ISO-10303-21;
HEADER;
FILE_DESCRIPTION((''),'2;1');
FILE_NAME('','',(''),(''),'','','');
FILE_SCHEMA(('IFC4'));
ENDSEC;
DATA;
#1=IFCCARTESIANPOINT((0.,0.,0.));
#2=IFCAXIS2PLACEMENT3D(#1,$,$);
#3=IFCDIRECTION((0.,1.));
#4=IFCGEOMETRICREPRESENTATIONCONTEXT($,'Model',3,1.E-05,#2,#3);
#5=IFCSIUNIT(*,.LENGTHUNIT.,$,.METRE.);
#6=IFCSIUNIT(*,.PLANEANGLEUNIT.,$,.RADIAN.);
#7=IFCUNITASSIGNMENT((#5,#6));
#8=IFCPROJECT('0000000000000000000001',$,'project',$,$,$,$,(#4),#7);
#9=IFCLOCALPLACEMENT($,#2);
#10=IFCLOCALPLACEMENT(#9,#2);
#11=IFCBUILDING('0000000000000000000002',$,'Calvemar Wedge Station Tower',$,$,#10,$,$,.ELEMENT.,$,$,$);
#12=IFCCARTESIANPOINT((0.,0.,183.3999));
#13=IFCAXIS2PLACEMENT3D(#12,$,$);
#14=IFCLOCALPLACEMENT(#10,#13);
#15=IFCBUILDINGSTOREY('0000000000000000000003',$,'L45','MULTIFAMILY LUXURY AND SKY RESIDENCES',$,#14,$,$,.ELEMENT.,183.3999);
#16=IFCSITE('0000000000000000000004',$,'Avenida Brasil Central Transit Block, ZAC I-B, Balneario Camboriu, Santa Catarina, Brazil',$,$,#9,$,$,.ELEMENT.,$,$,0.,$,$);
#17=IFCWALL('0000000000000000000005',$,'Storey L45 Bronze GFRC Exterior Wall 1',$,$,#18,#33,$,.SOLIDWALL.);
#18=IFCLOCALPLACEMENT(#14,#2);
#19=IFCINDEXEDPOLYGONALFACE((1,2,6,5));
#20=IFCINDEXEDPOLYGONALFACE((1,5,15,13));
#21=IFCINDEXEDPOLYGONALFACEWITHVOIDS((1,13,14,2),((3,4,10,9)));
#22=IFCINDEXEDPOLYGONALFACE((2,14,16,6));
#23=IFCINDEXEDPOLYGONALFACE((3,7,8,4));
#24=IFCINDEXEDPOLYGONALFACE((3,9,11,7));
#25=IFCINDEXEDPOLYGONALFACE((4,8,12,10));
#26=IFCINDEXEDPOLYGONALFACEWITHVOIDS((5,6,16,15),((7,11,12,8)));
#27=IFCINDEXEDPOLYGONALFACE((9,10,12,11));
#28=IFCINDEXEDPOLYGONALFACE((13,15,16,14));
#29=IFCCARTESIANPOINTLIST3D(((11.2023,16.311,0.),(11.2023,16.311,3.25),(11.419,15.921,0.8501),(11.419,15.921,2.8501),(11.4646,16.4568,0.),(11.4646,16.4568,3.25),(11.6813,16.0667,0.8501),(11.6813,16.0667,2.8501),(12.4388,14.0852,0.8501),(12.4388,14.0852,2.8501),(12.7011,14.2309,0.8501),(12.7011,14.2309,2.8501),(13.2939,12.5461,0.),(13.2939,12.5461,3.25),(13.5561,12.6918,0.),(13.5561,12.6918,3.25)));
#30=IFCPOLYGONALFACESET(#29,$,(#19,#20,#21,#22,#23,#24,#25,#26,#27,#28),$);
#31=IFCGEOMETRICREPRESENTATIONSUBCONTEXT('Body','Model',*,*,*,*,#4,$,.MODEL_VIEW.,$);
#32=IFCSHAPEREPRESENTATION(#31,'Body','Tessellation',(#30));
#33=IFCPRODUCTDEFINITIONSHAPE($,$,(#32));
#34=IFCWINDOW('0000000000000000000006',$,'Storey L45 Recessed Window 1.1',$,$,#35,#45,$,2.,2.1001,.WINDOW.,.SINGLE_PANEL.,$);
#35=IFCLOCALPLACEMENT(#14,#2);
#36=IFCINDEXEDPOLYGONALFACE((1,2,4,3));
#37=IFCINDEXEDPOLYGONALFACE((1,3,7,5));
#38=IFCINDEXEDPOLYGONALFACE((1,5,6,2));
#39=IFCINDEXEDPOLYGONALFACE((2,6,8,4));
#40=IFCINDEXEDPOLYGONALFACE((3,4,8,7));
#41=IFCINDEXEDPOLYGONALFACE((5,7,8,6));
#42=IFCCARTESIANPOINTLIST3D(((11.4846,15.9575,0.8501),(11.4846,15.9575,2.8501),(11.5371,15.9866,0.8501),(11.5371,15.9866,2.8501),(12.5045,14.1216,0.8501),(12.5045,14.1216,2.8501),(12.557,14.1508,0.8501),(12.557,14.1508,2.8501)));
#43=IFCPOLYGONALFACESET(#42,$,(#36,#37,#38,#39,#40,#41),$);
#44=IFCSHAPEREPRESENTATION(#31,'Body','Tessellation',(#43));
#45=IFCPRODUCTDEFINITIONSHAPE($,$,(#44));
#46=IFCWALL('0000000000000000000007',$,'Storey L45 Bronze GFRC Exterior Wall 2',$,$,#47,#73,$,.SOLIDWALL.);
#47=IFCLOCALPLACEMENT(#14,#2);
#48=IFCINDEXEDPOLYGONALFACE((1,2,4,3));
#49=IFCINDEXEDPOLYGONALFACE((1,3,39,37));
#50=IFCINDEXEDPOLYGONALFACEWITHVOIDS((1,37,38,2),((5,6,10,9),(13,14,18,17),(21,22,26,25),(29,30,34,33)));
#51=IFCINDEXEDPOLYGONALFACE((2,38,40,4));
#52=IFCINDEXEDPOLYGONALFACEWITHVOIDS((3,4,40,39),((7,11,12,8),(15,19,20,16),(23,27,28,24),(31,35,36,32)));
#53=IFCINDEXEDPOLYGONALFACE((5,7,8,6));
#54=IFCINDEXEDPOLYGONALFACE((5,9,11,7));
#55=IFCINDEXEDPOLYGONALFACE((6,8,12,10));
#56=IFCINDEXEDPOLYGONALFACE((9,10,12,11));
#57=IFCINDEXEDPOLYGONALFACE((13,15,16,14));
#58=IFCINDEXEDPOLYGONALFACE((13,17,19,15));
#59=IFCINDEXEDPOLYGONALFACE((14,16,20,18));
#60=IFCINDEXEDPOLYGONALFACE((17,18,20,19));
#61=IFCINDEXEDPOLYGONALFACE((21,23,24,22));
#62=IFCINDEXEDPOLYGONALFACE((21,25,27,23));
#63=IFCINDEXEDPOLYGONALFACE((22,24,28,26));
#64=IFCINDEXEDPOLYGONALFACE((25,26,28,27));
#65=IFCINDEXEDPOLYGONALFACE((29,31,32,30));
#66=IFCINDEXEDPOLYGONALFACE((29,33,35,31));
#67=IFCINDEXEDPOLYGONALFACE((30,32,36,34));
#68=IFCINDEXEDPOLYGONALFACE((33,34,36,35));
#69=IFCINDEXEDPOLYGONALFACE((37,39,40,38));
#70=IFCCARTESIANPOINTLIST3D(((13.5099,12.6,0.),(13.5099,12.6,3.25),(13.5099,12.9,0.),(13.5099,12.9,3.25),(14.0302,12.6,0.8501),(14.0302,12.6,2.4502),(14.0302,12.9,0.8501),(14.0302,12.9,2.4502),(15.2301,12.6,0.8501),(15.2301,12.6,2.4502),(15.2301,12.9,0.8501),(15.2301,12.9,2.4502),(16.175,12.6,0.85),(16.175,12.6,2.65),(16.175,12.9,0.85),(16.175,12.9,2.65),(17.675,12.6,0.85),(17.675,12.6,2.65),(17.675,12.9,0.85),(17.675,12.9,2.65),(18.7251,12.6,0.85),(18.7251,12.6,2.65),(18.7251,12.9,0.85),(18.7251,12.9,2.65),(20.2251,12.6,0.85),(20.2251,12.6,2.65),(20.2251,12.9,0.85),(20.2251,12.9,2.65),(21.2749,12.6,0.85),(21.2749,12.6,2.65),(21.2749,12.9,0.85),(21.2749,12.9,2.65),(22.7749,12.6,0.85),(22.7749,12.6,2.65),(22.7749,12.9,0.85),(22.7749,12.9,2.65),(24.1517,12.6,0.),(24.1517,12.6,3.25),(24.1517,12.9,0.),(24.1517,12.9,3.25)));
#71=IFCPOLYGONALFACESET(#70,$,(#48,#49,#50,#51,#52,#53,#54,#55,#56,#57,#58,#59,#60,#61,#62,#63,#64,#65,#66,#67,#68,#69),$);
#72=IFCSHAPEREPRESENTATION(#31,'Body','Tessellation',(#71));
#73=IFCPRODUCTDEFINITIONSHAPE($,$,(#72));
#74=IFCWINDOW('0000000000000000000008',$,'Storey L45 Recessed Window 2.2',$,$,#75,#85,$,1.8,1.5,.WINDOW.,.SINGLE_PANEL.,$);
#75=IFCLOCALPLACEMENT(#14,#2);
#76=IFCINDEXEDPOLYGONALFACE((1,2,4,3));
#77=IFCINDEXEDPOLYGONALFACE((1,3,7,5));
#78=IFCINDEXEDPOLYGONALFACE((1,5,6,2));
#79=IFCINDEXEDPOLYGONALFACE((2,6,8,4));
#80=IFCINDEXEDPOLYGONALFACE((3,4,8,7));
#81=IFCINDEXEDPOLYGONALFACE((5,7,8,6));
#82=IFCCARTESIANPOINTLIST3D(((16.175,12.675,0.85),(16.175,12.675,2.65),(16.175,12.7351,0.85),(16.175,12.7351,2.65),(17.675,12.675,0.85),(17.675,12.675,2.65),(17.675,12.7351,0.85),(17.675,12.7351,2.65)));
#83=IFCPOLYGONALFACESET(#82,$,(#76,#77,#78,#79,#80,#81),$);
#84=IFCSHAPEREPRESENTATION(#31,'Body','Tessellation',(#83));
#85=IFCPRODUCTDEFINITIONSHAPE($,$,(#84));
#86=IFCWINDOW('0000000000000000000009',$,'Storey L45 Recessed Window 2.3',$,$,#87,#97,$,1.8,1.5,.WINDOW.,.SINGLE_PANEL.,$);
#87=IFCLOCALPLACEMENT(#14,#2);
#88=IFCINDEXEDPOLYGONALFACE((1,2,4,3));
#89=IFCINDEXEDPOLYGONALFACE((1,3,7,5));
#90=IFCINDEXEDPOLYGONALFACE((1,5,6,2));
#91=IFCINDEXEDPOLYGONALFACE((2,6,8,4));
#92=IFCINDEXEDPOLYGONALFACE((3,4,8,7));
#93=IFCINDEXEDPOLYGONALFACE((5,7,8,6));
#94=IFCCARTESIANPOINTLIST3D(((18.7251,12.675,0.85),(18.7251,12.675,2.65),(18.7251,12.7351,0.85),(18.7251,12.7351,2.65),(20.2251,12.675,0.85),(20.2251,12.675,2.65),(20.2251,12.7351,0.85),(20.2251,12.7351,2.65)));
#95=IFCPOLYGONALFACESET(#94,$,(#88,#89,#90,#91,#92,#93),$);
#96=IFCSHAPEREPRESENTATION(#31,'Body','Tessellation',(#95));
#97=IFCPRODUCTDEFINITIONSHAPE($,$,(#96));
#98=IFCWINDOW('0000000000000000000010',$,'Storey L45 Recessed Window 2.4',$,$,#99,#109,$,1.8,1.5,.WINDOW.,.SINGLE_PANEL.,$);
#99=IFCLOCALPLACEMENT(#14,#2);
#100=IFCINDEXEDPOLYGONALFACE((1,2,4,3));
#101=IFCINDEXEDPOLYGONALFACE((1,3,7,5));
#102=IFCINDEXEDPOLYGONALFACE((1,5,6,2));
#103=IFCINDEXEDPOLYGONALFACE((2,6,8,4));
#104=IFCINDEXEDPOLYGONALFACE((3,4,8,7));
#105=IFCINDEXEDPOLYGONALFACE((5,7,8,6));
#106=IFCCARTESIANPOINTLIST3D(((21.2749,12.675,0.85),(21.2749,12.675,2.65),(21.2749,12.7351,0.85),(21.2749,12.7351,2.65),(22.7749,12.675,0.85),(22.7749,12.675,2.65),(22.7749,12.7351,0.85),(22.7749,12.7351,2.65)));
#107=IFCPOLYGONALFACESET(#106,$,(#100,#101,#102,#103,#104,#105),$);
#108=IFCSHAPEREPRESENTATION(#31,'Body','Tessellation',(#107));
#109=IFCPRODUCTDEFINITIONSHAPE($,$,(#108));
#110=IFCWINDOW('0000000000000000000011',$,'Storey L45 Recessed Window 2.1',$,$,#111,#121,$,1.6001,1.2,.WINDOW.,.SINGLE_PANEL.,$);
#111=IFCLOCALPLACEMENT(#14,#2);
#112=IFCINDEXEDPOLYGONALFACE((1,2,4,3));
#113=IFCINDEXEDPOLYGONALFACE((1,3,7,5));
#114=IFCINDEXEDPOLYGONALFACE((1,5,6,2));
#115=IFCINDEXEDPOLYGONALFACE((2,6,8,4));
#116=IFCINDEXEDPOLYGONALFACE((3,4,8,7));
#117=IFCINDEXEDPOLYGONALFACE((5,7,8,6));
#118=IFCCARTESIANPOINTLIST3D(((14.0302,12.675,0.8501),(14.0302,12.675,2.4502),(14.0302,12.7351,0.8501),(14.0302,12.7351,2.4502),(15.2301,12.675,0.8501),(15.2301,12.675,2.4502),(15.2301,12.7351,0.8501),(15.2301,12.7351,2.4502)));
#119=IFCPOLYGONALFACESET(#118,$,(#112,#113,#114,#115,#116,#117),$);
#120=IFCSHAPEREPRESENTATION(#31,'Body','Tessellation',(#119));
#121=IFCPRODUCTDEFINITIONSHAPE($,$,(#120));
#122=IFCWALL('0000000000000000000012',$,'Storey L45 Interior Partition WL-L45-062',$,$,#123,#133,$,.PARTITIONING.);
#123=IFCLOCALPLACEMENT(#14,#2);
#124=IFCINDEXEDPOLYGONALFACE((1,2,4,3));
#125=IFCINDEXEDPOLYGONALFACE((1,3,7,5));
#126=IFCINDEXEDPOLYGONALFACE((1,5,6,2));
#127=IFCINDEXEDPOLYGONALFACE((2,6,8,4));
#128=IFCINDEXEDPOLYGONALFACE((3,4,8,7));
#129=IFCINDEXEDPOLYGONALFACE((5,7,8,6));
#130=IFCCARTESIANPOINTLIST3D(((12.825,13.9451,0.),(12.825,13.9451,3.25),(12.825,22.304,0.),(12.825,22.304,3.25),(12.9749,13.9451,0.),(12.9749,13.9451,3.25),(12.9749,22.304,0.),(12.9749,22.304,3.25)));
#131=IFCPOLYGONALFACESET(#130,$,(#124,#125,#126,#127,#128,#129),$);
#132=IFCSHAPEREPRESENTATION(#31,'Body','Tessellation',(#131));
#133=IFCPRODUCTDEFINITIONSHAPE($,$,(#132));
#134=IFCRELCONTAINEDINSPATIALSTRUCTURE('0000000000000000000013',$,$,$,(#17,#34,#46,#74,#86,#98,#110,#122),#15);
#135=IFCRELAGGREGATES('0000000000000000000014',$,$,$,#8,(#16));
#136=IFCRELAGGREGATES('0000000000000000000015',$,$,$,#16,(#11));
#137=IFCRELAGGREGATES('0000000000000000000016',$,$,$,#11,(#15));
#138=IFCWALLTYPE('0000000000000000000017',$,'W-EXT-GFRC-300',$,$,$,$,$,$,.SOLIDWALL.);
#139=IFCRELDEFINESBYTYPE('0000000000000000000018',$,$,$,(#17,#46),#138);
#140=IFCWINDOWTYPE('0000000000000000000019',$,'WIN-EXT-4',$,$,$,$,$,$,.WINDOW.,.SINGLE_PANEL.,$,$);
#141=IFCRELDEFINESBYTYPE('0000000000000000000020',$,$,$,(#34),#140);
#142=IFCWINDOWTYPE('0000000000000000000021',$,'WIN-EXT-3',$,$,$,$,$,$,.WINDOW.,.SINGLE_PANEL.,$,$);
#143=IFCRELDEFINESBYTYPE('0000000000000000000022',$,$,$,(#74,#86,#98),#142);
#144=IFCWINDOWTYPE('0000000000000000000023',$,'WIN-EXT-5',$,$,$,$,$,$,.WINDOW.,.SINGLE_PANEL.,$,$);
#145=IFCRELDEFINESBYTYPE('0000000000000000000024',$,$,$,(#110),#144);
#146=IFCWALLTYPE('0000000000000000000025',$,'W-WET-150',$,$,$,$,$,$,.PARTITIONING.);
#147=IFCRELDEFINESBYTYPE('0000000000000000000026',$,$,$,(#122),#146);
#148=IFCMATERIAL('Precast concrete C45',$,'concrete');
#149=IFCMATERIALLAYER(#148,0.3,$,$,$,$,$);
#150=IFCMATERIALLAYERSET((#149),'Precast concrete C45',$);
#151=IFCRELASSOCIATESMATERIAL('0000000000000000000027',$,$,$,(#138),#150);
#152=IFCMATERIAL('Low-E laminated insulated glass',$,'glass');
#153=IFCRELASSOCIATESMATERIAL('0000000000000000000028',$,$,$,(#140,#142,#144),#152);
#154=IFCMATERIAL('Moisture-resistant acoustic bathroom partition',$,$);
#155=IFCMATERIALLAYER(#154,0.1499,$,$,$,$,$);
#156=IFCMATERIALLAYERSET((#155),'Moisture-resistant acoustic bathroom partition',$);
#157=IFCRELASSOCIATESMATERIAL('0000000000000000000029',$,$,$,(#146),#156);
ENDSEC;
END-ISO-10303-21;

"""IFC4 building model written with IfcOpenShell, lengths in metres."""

from ifc_helpers import new_model, si_unit, direction, frame, frame_2d, origin, place, context, subcontext, project, spatial, rectangle, extrude, source, transform, mapped, material, layer, layer_set, type_object, element, fill, save


model = new_model("IFC4")

# Units and contexts
model_context = context("Model", 3, precision=1e-05, world=origin(), true_north=direction((0.0, 1.0)))
body_context = subcontext(model_context, "Body", "Model", "MODEL_VIEW")
ifc_project = project(units=[si_unit("LENGTHUNIT", "METRE"), si_unit("PLANEANGLEUNIT", "RADIAN")], contexts=[model_context])

# Site, building, storey
site_placement = place(None, origin())
site = spatial("IfcSite", under=ifc_project, at=site_placement, Name="Avenida Brasil Central Transit Block, ZAC I-B, Balneario Camboriu, Santa Catarina, Brazil", CompositionType="ELEMENT", RefElevation=0.0)
building_placement = place(site_placement, origin())
building = spatial("IfcBuilding", under=site, at=building_placement, Name="Calvemar Wedge Station Tower", CompositionType="ELEMENT")
storey_placement = place(building_placement, frame((0.0, 0.0, 183.3999)))
storey = spatial("IfcBuildingStorey", under=building, at=storey_placement, Name="L45", Description="MULTIFAMILY LUXURY AND SKY RESIDENCES", CompositionType="ELEMENT", Elevation=183.3999)

# Wall, opening, window
ifc_material_1 = material(Name="Precast concrete C45", Category="concrete")
ifc_layer_1 = layer(ifc_material_1, 0.3)
ifc_layer_set_1 = layer_set([ifc_layer_1], Name="Precast concrete C45")
wall_type_1 = type_object("IfcWallType", Name="W-EXT-GFRC-300", PredefinedType="SOLIDWALL", material=ifc_layer_set_1)
wall_1_placement = place(storey_placement, frame((11.3335, 16.3838, 0.0), z_axis=(0.0, 0.0, 1.0), x_axis=(0.485633, -0.874163, 0.0)))
wall_1 = element("IfcWall", 1, at=wall_1_placement, inside=storey, type_object=wall_type_1, Name="Storey L45 Bronze GFRC Exterior Wall 1", PredefinedType="SOLIDWALL", context=body_context, shape_type="SweptSolid", body=[
    extrude(rectangle(XDim=4.3069, YDim=0.3, at=frame_2d((2.1533, 0.0))), origin(), (0.0, 0.0, 1.0), 3.25),
])
shared_shape_1 = source(origin(), body_context, "Body", "SweptSolid", [
    extrude(rectangle(XDim=2.1001, YDim=2.0, at=frame_2d((1.05, 1.0))), frame((0.0, 0.1602, 0.0), z_axis=(0.0, -1.0, 0.0), x_axis=(1.0, 0.0, 0.0)), (0.0, 0.0, 1.0), 0.3201),
])
opening_1_placement = place(wall_1_placement, frame((0.446, 0.0, 0.8501)))
opening_1 = element("IfcOpeningElement", 2, at=opening_1_placement, cuts=wall_1, PredefinedType="OPENING", context=body_context, shape_type="MappedRepresentation", body=[
    mapped(shared_shape_1, transform((0.0, 0.0, 0.0), scale=1.0)),
])
ifc_material_2 = material(Name="Low-E laminated insulated glass", Category="glass")
window_type_1 = type_object("IfcWindowType", Name="WIN-EXT-4", PartitioningType="SINGLE_PANEL", PredefinedType="WINDOW", material=ifc_material_2)
shared_shape_2 = source(origin(), body_context, "Body", "SweptSolid", [
    extrude(rectangle(XDim=2.1001, YDim=2.0, at=frame_2d((1.05, 1.0))), frame((0.0, -0.0149, 0.0), z_axis=(0.0, -1.0, 0.0), x_axis=(1.0, 0.0, 0.0)), (0.0, 0.0, 1.0), 0.0601),
])
window_1_placement = place(opening_1_placement, origin())
window_1 = element("IfcWindow", 3, at=window_1_placement, inside=storey, type_object=window_type_1, Name="Storey L45 Recessed Window 1.1", OverallHeight=2.0, OverallWidth=2.1001, PartitioningType="SINGLE_PANEL", PredefinedType="WINDOW", context=body_context, shape_type="MappedRepresentation", body=[
    mapped(shared_shape_2, transform((0.0, 0.0, 0.0), scale=1.0)),
])
fill(opening_1, window_1)

# Wall, openings, windows
wall_2_placement = place(storey_placement, frame((13.51, 12.75, 0.0), z_axis=(0.0, 0.0, 1.0), x_axis=(1.0, 0.0, 0.0)))
wall_2 = element("IfcWall", 4, at=wall_2_placement, inside=storey, type_object=wall_type_1, Name="Storey L45 Bronze GFRC Exterior Wall 2", PredefinedType="SOLIDWALL", context=body_context, shape_type="SweptSolid", body=[
    extrude(rectangle(XDim=10.6418, YDim=0.3, at=frame_2d((5.3208, 0.0))), origin(), (0.0, 0.0, 1.0), 3.25),
])
shared_shape_3 = source(origin(), body_context, "Body", "SweptSolid", [
    extrude(rectangle(XDim=1.2, YDim=1.6001, at=frame_2d((0.6001, 0.8))), frame((0.0, 0.1602, 0.0), z_axis=(0.0, -1.0, 0.0), x_axis=(1.0, 0.0, 0.0)), (0.0, 0.0, 1.0), 0.3201),
])
opening_2_placement = place(wall_2_placement, frame((0.52, 0.0, 0.8501)))
opening_2 = element("IfcOpeningElement", 5, at=opening_2_placement, cuts=wall_2, PredefinedType="OPENING", context=body_context, shape_type="MappedRepresentation", body=[
    mapped(shared_shape_3, transform((0.0, 0.0, 0.0), scale=1.0)),
])
shared_shape_4 = source(origin(), body_context, "Body", "SweptSolid", [
    extrude(rectangle(XDim=1.5, YDim=1.8, at=frame_2d((0.75, 0.8999))), frame((0.0, 0.1602, 0.0), z_axis=(0.0, -1.0, 0.0), x_axis=(1.0, 0.0, 0.0)), (0.0, 0.0, 1.0), 0.3201),
])
opening_3_placement = place(wall_2_placement, frame((2.665, 0.0, 0.8501)))
opening_3 = element("IfcOpeningElement", 6, at=opening_3_placement, cuts=wall_2, PredefinedType="OPENING", context=body_context, shape_type="MappedRepresentation", body=[
    mapped(shared_shape_4, transform((0.0, 0.0, 0.0), scale=1.0)),
])
opening_4_placement = place(wall_2_placement, frame((5.2151, 0.0, 0.8501)))
opening_4 = element("IfcOpeningElement", 7, at=opening_4_placement, cuts=wall_2, PredefinedType="OPENING", context=body_context, shape_type="MappedRepresentation", body=[
    mapped(shared_shape_4, transform((0.0, 0.0, 0.0), scale=1.0)),
])
opening_5_placement = place(wall_2_placement, frame((7.7649, 0.0, 0.8501)))
opening_5 = element("IfcOpeningElement", 8, at=opening_5_placement, cuts=wall_2, PredefinedType="OPENING", context=body_context, shape_type="MappedRepresentation", body=[
    mapped(shared_shape_4, transform((0.0, 0.0, 0.0), scale=1.0)),
])
window_type_2 = type_object("IfcWindowType", Name="WIN-EXT-3", PartitioningType="SINGLE_PANEL", PredefinedType="WINDOW", material=ifc_material_2)
shared_shape_5 = source(origin(), body_context, "Body", "SweptSolid", [
    extrude(rectangle(XDim=1.5, YDim=1.8, at=frame_2d((0.75, 0.8999))), frame((0.0, -0.0149, 0.0), z_axis=(0.0, -1.0, 0.0), x_axis=(1.0, 0.0, 0.0)), (0.0, 0.0, 1.0), 0.0601),
])
window_2_placement = place(opening_3_placement, origin())
window_2 = element("IfcWindow", 9, at=window_2_placement, inside=storey, type_object=window_type_2, Name="Storey L45 Recessed Window 2.2", OverallHeight=1.8, OverallWidth=1.5, PartitioningType="SINGLE_PANEL", PredefinedType="WINDOW", context=body_context, shape_type="MappedRepresentation", body=[
    mapped(shared_shape_5, transform((0.0, 0.0, 0.0), scale=1.0)),
])
fill(opening_3, window_2)
window_3_placement = place(opening_4_placement, origin())
window_3 = element("IfcWindow", 10, at=window_3_placement, inside=storey, type_object=window_type_2, Name="Storey L45 Recessed Window 2.3", OverallHeight=1.8, OverallWidth=1.5, PartitioningType="SINGLE_PANEL", PredefinedType="WINDOW", context=body_context, shape_type="MappedRepresentation", body=[
    mapped(shared_shape_5, transform((0.0, 0.0, 0.0), scale=1.0)),
])
fill(opening_4, window_3)
window_4_placement = place(opening_5_placement, origin())
window_4 = element("IfcWindow", 11, at=window_4_placement, inside=storey, type_object=window_type_2, Name="Storey L45 Recessed Window 2.4", OverallHeight=1.8, OverallWidth=1.5, PartitioningType="SINGLE_PANEL", PredefinedType="WINDOW", context=body_context, shape_type="MappedRepresentation", body=[
    mapped(shared_shape_5, transform((0.0, 0.0, 0.0), scale=1.0)),
])
fill(opening_5, window_4)
window_type_3 = type_object("IfcWindowType", Name="WIN-EXT-5", PartitioningType="SINGLE_PANEL", PredefinedType="WINDOW", material=ifc_material_2)
shared_shape_6 = source(origin(), body_context, "Body", "SweptSolid", [
    extrude(rectangle(XDim=1.2, YDim=1.6001, at=frame_2d((0.6001, 0.8))), frame((0.0, -0.0149, 0.0), z_axis=(0.0, -1.0, 0.0), x_axis=(1.0, 0.0, 0.0)), (0.0, 0.0, 1.0), 0.0601),
])
window_5_placement = place(opening_2_placement, origin())
window_5 = element("IfcWindow", 12, at=window_5_placement, inside=storey, type_object=window_type_3, Name="Storey L45 Recessed Window 2.1", OverallHeight=1.6001, OverallWidth=1.2, PartitioningType="SINGLE_PANEL", PredefinedType="WINDOW", context=body_context, shape_type="MappedRepresentation", body=[
    mapped(shared_shape_6, transform((0.0, 0.0, 0.0), scale=1.0)),
])
fill(opening_2, window_5)

# Wall
ifc_material_3 = material(Name="Moisture-resistant acoustic bathroom partition")
ifc_layer_2 = layer(ifc_material_3, 0.1499)
ifc_layer_set_2 = layer_set([ifc_layer_2], Name="Moisture-resistant acoustic bathroom partition")
wall_type_2 = type_object("IfcWallType", Name="W-WET-150", PredefinedType="PARTITIONING", material=ifc_layer_set_2)
wall_3_placement = place(storey_placement, frame((12.8999, 13.9451, 0.0), z_axis=(0.0, 0.0, 1.0), x_axis=(0.0, 1.0, 0.0)))
element("IfcWall", 13, at=wall_3_placement, inside=storey, type_object=wall_type_2, Name="Storey L45 Interior Partition WL-L45-062", PredefinedType="PARTITIONING", context=body_context, shape_type="SweptSolid", body=[
    extrude(rectangle(XDim=8.3589, YDim=0.1499, at=frame_2d((4.1794, 0.0))), origin(), (0.0, 0.0, 1.0), 3.25),
])

save(model, "model.ifc")
